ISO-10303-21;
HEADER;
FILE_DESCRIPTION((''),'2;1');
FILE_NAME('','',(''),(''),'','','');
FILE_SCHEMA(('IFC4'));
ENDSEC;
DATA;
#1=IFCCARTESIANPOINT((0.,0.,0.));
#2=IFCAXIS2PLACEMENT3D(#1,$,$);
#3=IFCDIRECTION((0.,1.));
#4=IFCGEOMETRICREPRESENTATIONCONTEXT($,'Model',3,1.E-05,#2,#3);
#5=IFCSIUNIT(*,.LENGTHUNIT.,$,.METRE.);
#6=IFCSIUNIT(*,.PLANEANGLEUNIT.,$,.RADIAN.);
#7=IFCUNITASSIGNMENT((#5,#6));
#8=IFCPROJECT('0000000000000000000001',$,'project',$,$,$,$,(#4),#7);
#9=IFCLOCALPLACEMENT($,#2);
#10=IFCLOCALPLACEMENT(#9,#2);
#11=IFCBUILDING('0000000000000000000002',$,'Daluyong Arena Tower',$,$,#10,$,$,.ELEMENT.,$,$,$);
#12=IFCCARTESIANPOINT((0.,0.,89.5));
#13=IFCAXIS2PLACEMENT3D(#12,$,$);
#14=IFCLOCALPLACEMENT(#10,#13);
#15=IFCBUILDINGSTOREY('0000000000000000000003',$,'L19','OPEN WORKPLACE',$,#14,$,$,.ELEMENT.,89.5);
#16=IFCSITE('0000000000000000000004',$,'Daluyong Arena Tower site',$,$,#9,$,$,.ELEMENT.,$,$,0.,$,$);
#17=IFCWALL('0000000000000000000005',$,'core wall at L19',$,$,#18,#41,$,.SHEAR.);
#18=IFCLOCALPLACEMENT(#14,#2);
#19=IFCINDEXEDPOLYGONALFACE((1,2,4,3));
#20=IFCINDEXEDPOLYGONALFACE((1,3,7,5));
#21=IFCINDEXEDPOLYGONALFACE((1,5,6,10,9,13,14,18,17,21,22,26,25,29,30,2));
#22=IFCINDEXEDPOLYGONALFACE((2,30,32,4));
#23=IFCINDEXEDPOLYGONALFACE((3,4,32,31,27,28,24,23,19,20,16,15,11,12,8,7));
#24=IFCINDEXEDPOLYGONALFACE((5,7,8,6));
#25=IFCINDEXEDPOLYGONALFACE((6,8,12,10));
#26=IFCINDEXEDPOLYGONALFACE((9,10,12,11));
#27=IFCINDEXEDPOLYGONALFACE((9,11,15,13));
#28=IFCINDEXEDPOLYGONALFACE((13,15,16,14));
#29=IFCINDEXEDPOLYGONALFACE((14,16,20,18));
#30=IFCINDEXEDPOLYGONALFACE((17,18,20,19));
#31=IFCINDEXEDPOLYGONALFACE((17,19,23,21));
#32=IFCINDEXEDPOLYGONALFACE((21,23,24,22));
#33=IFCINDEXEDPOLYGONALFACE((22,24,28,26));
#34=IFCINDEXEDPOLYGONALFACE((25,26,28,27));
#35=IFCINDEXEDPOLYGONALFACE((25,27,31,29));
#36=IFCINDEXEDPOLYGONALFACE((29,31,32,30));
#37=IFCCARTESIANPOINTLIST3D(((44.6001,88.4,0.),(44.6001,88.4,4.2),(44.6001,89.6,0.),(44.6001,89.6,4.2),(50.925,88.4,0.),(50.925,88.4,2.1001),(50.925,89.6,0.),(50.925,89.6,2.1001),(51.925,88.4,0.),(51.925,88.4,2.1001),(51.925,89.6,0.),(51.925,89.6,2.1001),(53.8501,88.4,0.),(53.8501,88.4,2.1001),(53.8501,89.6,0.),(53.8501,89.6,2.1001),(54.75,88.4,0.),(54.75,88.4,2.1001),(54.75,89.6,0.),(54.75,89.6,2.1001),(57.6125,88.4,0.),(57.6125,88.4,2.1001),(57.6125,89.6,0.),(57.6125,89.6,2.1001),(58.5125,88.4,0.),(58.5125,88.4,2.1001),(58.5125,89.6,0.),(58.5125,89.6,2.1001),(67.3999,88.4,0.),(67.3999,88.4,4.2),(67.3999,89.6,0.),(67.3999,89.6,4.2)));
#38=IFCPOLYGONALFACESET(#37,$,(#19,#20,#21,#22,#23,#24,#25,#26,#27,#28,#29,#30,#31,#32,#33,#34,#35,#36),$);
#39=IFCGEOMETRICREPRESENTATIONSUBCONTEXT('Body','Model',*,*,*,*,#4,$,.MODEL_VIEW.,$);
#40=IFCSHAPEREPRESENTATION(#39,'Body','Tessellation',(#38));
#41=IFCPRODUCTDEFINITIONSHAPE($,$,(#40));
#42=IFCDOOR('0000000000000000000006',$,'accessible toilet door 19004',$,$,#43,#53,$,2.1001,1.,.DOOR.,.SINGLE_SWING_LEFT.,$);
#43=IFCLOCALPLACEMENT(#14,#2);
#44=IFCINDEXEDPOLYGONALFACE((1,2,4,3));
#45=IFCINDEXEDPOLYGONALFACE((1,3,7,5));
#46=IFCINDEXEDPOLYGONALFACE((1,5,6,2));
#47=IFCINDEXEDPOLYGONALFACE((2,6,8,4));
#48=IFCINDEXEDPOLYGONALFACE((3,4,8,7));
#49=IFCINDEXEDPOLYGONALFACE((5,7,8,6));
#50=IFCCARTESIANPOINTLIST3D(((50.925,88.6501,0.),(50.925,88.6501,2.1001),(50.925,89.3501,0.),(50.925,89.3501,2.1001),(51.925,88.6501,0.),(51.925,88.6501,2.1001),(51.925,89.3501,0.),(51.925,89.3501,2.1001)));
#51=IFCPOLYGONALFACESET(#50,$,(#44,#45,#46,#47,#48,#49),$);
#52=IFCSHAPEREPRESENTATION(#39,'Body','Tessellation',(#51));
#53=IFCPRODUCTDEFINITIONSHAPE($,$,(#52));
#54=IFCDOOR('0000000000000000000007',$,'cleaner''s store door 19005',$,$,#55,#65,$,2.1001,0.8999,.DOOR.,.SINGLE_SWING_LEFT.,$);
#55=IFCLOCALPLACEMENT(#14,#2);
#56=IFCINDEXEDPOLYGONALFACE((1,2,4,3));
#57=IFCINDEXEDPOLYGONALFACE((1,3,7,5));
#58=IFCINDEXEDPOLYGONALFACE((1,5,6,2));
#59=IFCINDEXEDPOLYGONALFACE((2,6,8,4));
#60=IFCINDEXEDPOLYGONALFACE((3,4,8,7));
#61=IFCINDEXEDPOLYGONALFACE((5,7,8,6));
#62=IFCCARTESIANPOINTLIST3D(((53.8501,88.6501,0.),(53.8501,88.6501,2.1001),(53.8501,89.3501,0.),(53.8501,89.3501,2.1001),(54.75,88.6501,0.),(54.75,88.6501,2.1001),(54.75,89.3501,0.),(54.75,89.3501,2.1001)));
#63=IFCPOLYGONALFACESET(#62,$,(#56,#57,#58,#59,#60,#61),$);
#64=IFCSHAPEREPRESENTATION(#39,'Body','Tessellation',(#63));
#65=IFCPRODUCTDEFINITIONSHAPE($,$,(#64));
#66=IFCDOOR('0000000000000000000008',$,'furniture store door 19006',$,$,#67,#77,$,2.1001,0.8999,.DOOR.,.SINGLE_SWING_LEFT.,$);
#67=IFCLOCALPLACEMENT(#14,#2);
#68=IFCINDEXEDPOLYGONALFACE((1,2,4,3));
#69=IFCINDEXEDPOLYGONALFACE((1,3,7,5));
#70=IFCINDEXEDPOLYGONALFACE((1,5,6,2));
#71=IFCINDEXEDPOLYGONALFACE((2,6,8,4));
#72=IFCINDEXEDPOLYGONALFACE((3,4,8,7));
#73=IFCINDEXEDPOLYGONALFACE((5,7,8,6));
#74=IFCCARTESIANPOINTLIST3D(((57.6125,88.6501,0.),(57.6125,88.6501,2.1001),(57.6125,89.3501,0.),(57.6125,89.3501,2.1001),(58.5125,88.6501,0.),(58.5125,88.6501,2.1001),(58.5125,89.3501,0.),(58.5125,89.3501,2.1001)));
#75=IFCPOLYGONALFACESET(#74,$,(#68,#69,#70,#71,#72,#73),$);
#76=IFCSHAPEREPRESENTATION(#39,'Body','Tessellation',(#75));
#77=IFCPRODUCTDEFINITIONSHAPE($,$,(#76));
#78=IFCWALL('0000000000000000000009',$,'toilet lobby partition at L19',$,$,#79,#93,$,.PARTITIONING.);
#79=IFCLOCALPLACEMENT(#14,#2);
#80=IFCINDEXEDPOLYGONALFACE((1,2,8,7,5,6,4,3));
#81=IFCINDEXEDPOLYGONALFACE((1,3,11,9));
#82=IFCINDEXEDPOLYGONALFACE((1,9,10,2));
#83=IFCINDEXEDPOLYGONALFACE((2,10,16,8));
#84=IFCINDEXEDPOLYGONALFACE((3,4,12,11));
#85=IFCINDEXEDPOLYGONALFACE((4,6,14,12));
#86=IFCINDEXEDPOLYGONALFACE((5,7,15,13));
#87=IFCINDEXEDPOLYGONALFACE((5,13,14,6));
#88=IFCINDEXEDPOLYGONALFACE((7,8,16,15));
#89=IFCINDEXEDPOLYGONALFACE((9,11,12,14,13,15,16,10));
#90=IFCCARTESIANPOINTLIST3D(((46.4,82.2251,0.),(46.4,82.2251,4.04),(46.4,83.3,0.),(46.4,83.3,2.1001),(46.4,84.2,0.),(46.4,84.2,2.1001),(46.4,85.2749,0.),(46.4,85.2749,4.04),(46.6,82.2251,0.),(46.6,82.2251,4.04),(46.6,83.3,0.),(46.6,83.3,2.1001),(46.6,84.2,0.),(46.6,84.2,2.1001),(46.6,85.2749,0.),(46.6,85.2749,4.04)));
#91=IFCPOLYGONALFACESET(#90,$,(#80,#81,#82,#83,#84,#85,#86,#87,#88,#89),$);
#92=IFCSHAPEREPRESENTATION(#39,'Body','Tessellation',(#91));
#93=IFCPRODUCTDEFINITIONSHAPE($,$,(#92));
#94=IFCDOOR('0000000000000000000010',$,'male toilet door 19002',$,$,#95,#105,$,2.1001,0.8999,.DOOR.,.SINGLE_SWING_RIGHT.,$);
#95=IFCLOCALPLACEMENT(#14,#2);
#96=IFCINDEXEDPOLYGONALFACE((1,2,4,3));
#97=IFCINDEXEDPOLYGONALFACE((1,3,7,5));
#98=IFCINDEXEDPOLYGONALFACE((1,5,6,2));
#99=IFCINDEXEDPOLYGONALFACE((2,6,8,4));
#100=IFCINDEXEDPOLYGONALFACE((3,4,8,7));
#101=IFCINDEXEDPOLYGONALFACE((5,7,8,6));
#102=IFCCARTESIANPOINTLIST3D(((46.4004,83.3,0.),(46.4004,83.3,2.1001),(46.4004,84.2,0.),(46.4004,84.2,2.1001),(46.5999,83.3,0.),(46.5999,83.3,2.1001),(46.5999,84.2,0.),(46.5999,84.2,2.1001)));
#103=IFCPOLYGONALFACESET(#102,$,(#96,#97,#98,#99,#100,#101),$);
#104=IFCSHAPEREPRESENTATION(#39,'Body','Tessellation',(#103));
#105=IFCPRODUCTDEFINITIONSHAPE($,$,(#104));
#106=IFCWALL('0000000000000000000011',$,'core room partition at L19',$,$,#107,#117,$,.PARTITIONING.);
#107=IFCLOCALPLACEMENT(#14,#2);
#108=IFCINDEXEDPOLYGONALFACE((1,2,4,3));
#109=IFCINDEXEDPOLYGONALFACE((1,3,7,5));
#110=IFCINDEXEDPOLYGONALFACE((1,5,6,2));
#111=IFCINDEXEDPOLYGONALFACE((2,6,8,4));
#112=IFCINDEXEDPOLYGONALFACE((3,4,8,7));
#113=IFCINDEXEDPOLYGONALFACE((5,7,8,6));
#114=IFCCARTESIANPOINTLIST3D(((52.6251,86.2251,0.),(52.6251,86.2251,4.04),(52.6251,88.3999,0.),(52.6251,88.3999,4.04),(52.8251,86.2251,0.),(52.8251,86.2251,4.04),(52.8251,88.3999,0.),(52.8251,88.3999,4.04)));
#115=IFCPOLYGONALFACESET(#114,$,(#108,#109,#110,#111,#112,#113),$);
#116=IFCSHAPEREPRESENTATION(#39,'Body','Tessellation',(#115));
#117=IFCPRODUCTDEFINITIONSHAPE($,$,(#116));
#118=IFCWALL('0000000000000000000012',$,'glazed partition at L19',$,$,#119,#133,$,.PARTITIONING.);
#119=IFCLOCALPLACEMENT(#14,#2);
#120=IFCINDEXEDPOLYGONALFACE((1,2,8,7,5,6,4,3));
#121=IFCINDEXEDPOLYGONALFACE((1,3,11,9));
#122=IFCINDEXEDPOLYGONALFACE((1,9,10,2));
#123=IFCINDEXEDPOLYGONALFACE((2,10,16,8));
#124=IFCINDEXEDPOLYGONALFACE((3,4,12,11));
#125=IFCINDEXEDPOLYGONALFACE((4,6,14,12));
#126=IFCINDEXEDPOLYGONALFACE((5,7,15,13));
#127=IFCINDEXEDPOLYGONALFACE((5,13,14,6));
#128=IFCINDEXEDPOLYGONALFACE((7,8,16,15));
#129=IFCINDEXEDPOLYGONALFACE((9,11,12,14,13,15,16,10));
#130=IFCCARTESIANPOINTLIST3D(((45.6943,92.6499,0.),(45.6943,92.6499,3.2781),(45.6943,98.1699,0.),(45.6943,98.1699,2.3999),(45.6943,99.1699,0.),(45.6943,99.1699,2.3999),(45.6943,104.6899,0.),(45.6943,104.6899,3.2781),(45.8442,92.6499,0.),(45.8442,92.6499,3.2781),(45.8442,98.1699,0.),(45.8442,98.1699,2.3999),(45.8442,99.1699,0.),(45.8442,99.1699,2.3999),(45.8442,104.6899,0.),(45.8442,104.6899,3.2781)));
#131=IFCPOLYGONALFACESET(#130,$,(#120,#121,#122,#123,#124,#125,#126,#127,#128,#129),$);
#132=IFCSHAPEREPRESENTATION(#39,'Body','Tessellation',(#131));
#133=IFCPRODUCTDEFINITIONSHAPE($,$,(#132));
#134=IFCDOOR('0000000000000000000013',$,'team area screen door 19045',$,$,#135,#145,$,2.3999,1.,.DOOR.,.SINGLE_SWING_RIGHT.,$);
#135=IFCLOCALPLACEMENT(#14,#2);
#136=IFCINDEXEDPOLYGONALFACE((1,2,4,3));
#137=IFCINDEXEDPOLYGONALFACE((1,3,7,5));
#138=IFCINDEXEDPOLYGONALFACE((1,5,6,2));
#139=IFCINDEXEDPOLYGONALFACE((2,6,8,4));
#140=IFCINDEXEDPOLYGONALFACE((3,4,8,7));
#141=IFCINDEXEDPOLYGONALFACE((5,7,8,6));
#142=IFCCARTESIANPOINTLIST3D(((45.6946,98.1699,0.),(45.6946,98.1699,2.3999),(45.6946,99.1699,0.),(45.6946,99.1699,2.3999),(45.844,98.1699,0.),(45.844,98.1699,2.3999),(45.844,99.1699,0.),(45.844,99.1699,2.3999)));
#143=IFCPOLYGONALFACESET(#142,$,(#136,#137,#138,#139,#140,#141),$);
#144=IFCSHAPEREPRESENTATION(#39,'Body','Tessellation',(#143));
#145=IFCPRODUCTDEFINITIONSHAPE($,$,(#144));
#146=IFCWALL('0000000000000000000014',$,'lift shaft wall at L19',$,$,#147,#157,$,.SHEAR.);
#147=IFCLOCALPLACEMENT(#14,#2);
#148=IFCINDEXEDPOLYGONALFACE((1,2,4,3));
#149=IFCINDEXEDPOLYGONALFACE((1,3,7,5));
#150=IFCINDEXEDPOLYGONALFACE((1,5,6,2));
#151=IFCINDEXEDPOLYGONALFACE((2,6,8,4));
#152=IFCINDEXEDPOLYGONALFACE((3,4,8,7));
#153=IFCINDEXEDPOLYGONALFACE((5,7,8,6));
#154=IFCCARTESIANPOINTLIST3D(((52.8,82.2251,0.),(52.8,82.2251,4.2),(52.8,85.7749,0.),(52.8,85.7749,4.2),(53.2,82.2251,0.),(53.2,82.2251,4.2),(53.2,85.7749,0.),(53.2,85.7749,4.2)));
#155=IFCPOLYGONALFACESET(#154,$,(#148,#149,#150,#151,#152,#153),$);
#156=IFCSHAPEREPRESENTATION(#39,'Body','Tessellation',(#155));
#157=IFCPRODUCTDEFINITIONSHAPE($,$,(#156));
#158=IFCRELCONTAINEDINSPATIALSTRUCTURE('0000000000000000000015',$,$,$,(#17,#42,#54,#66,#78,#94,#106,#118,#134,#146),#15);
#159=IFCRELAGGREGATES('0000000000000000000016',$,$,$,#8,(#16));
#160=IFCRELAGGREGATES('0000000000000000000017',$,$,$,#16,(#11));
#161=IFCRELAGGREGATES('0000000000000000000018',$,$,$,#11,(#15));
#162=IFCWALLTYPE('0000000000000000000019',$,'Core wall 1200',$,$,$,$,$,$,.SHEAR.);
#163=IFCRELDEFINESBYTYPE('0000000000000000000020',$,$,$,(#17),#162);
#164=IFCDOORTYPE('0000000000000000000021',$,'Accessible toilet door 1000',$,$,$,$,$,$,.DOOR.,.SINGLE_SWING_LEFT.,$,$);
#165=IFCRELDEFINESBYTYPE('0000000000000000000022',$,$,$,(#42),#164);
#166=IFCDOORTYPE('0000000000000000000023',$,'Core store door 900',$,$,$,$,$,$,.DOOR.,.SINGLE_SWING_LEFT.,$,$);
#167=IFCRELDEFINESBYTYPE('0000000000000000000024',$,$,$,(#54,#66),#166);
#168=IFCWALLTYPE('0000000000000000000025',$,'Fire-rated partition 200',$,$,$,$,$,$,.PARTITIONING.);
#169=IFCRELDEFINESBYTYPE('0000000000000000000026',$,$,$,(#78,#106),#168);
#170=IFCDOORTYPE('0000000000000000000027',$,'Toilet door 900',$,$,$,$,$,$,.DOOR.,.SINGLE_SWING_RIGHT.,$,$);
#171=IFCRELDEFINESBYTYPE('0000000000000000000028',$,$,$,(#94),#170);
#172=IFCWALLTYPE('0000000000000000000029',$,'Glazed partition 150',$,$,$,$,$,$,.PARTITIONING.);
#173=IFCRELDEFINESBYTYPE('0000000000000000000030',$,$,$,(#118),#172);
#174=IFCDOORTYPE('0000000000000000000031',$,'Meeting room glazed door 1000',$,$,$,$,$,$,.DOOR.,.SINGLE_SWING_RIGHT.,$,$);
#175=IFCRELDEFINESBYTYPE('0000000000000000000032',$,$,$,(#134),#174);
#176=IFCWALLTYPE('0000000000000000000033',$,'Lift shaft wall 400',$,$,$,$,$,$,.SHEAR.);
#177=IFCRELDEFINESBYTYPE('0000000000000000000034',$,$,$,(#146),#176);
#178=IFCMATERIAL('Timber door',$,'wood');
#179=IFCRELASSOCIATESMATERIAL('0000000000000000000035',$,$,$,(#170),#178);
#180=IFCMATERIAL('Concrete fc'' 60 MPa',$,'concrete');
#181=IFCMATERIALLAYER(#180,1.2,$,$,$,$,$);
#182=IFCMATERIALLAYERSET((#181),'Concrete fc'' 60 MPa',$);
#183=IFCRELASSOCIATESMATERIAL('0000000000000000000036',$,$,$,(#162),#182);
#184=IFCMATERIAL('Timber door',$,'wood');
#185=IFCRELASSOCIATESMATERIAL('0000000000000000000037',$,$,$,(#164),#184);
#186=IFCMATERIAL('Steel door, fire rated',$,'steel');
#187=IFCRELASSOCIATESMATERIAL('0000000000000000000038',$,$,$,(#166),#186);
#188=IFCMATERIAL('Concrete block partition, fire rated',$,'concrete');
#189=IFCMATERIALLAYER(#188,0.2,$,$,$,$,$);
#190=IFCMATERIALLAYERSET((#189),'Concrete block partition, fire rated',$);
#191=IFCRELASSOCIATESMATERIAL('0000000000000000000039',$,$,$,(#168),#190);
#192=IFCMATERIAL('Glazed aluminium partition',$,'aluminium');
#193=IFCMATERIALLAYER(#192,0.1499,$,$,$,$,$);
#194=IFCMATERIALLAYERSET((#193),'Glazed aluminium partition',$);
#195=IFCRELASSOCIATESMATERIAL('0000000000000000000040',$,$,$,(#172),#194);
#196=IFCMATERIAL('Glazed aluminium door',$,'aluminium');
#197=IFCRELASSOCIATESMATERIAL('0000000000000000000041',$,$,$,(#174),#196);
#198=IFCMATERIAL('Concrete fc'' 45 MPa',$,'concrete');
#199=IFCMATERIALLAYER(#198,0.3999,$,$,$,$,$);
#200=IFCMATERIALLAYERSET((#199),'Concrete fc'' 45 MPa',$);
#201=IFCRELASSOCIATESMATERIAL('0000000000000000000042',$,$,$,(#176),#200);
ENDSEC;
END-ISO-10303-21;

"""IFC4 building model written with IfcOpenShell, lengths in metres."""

from ifc_helpers import new_model, si_unit, direction, frame, frame_2d, origin, place, context, subcontext, project, spatial, rectangle, extrude, material, layer, layer_set, type_object, element, fill, save


model = new_model("IFC4")

# Units and contexts
model_context = context("Model", 3, precision=1e-05, world=origin(), true_north=direction((0.0, 1.0)))
body_context = subcontext(model_context, "Body", "Model", "MODEL_VIEW")
ifc_project = project(units=[si_unit("LENGTHUNIT", "METRE"), si_unit("PLANEANGLEUNIT", "RADIAN")], contexts=[model_context])

# Site, building, storey
site_placement = place(None, origin())
site = spatial("IfcSite", under=ifc_project, at=site_placement, Name="Daluyong Arena Tower site", CompositionType="ELEMENT", RefElevation=0.0)
building_placement = place(site_placement, origin())
building = spatial("IfcBuilding", under=site, at=building_placement, Name="Daluyong Arena Tower", CompositionType="ELEMENT")
storey_placement = place(building_placement, frame((0.0, 0.0, 89.5)))
storey = spatial("IfcBuildingStorey", under=building, at=storey_placement, Name="L19", Description="OPEN WORKPLACE", CompositionType="ELEMENT", Elevation=89.5)

# Shared definitions
ifc_material_1 = material(Name="Timber door", Category="wood")
door_type_1 = type_object("IfcDoorType", Name="Toilet door 900", OperationType="SINGLE_SWING_RIGHT", PredefinedType="DOOR", material=ifc_material_1)

# Wall, openings, doors
ifc_material_2 = material(Name="Concrete fc' 60 MPa", Category="concrete")
ifc_layer_1 = layer(ifc_material_2, 1.2)
ifc_layer_set_1 = layer_set([ifc_layer_1], Name="Concrete fc' 60 MPa")
wall_type_1 = type_object("IfcWallType", Name="Core wall 1200", PredefinedType="SHEAR", material=ifc_layer_set_1)
wall_1_placement = place(storey_placement, frame((44.6001, 89.0, 0.0), z_axis=(0.0, 0.0, 1.0), x_axis=(1.0, 0.0, 0.0)))
wall_1 = element("IfcWall", 1, at=wall_1_placement, inside=storey, type_object=wall_type_1, Name="core wall at L19", PredefinedType="SHEAR", context=body_context, shape_type="SweptSolid", body=[
    extrude(rectangle(XDim=22.7998, YDim=1.2, at=frame_2d((11.3999, 0.0))), origin(), (0.0, 0.0, 1.0), 4.2),
])
opening_1_placement = place(wall_1_placement, frame((6.325, 0.0, 0.0)))
opening_1 = element("IfcOpeningElement", 2, at=opening_1_placement, cuts=wall_1, PredefinedType="OPENING", context=body_context, shape_type="SweptSolid", body=[
    extrude(rectangle(XDim=1.0, YDim=2.1001, at=frame_2d((0.5, 1.05))), frame((0.0, 0.6099, 0.0), z_axis=(0.0, -1.0, 0.0), x_axis=(1.0, 0.0, 0.0)), (0.0, 0.0, 1.0), 1.22),
])
opening_2_placement = place(wall_1_placement, frame((9.25, 0.0, 0.0)))
opening_2 = element("IfcOpeningElement", 3, at=opening_2_placement, cuts=wall_1, PredefinedType="OPENING", context=body_context, shape_type="SweptSolid", body=[
    extrude(rectangle(XDim=0.8999, YDim=2.1001, at=frame_2d((0.45, 1.05))), frame((0.0, 0.6099, 0.0), z_axis=(0.0, -1.0, 0.0), x_axis=(1.0, 0.0, 0.0)), (0.0, 0.0, 1.0), 1.22),
])
opening_3_placement = place(wall_1_placement, frame((13.0125, 0.0, 0.0)))
opening_3 = element("IfcOpeningElement", 4, at=opening_3_placement, cuts=wall_1, PredefinedType="OPENING", context=body_context, shape_type="SweptSolid", body=[
    extrude(rectangle(XDim=0.8999, YDim=2.1001, at=frame_2d((0.45, 1.05))), frame((0.0, 0.6099, 0.0), z_axis=(0.0, -1.0, 0.0), x_axis=(1.0, 0.0, 0.0)), (0.0, 0.0, 1.0), 1.22),
])
ifc_material_3 = material(Name="Timber door", Category="wood")
door_type_2 = type_object("IfcDoorType", Name="Accessible toilet door 1000", OperationType="SINGLE_SWING_LEFT", PredefinedType="DOOR", material=ifc_material_3)
door_1_placement = place(opening_1_placement, origin())
door_1 = element("IfcDoor", 5, at=door_1_placement, inside=storey, type_object=door_type_2, Name="accessible toilet door 19004", OperationType="SINGLE_SWING_LEFT", OverallHeight=2.1001, OverallWidth=1.0, PredefinedType="DOOR", context=body_context, shape_type="SweptSolid", body=[
    extrude(rectangle(XDim=1.0, YDim=2.1001, at=frame_2d((0.5, 1.05))), frame((0.0, 0.3501, 0.0), z_axis=(0.0, -1.0, 0.0), x_axis=(1.0, 0.0, 0.0)), (0.0, 0.0, 1.0), 0.7),
])
fill(opening_1, door_1)
ifc_material_4 = material(Name="Steel door, fire rated", Category="steel")
door_type_3 = type_object("IfcDoorType", Name="Core store door 900", OperationType="SINGLE_SWING_LEFT", PredefinedType="DOOR", material=ifc_material_4)
door_2_placement = place(opening_2_placement, origin())
door_2 = element("IfcDoor", 6, at=door_2_placement, inside=storey, type_object=door_type_3, Name="cleaner's store door 19005", OperationType="SINGLE_SWING_LEFT", OverallHeight=2.1001, OverallWidth=0.8999, PredefinedType="DOOR", context=body_context, shape_type="SweptSolid", body=[
    extrude(rectangle(XDim=0.8999, YDim=2.1001, at=frame_2d((0.45, 1.05))), frame((0.0, 0.3501, 0.0), z_axis=(0.0, -1.0, 0.0), x_axis=(1.0, 0.0, 0.0)), (0.0, 0.0, 1.0), 0.7),
])
fill(opening_2, door_2)
door_3_placement = place(opening_3_placement, origin())
door_3 = element("IfcDoor", 7, at=door_3_placement, inside=storey, type_object=door_type_3, Name="furniture store door 19006", OperationType="SINGLE_SWING_LEFT", OverallHeight=2.1001, OverallWidth=0.8999, PredefinedType="DOOR", context=body_context, shape_type="SweptSolid", body=[
    extrude(rectangle(XDim=0.8999, YDim=2.1001, at=frame_2d((0.45, 1.05))), frame((0.0, 0.3501, 0.0), z_axis=(0.0, -1.0, 0.0), x_axis=(1.0, 0.0, 0.0)), (0.0, 0.0, 1.0), 0.7),
])
fill(opening_3, door_3)

# Wall, opening, door
ifc_material_5 = material(Name="Concrete block partition, fire rated", Category="concrete")
ifc_layer_2 = layer(ifc_material_5, 0.2)
ifc_layer_set_2 = layer_set([ifc_layer_2], Name="Concrete block partition, fire rated")
wall_type_2 = type_object("IfcWallType", Name="Fire-rated partition 200", PredefinedType="PARTITIONING", material=ifc_layer_set_2)
wall_2_placement = place(storey_placement, frame((46.5, 82.2251, 0.0), z_axis=(0.0, 0.0, 1.0), x_axis=(0.0, 1.0, 0.0)))
wall_2 = element("IfcWall", 8, at=wall_2_placement, inside=storey, type_object=wall_type_2, Name="toilet lobby partition at L19", PredefinedType="PARTITIONING", context=body_context, shape_type="SweptSolid", body=[
    extrude(rectangle(XDim=3.0498, YDim=0.2, at=frame_2d((1.5249, 0.0))), origin(), (0.0, 0.0, 1.0), 4.04),
])
opening_4_placement = place(wall_2_placement, frame((1.075, 0.0, 0.0)))
opening_4 = element("IfcOpeningElement", 9, at=opening_4_placement, cuts=wall_2, PredefinedType="OPENING", context=body_context, shape_type="SweptSolid", body=[
    extrude(rectangle(XDim=0.8999, YDim=2.1001, at=frame_2d((0.45, 1.05))), frame((0.0, 0.1099, 0.0), z_axis=(0.0, -1.0, 0.0), x_axis=(1.0, 0.0, 0.0)), (0.0, 0.0, 1.0), 0.22),
])
door_4_placement = place(opening_4_placement, origin())
door_4 = element("IfcDoor", 10, at=door_4_placement, inside=storey, type_object=door_type_1, Name="male toilet door 19002", OperationType="SINGLE_SWING_RIGHT", OverallHeight=2.1001, OverallWidth=0.8999, PredefinedType="DOOR", context=body_context, shape_type="SweptSolid", body=[
    extrude(rectangle(XDim=0.8999, YDim=2.1001, at=frame_2d((0.45, 1.05))), frame((0.0, 0.0996, 0.0), z_axis=(0.0, -1.0, 0.0), x_axis=(1.0, 0.0, 0.0)), (0.0, 0.0, 1.0), 0.1995),
])
fill(opening_4, door_4)

# Wall
wall_3_placement = place(storey_placement, frame((52.7251, 86.2251, 0.0), z_axis=(0.0, 0.0, 1.0), x_axis=(0.0, 1.0, 0.0)))
element("IfcWall", 11, at=wall_3_placement, inside=storey, type_object=wall_type_2, Name="core room partition at L19", PredefinedType="PARTITIONING", context=body_context, shape_type="SweptSolid", body=[
    extrude(rectangle(XDim=2.1748, YDim=0.2, at=frame_2d((1.0874, 0.0))), origin(), (0.0, 0.0, 1.0), 4.04),
])

# Wall, opening, door
ifc_material_6 = material(Name="Glazed aluminium partition", Category="aluminium")
ifc_layer_3 = layer(ifc_material_6, 0.1499)
ifc_layer_set_3 = layer_set([ifc_layer_3], Name="Glazed aluminium partition")
wall_type_3 = type_object("IfcWallType", Name="Glazed partition 150", PredefinedType="PARTITIONING", material=ifc_layer_set_3)
wall_4_placement = place(storey_placement, frame((45.7693, 92.6499, 0.0), z_axis=(0.0, 0.0, 1.0), x_axis=(0.0, 1.0, 0.0)))
wall_4 = element("IfcWall", 12, at=wall_4_placement, inside=storey, type_object=wall_type_3, Name="glazed partition at L19", PredefinedType="PARTITIONING", context=body_context, shape_type="SweptSolid", body=[
    extrude(rectangle(XDim=12.04, YDim=0.1499, at=frame_2d((6.02, 0.0))), origin(), (0.0, 0.0, 1.0), 3.2781),
])
opening_5_placement = place(wall_4_placement, frame((5.52, 0.0, 0.0)))
opening_5 = element("IfcOpeningElement", 13, at=opening_5_placement, cuts=wall_4, PredefinedType="OPENING", context=body_context, shape_type="SweptSolid", body=[
    extrude(rectangle(XDim=1.0, YDim=2.3999, at=frame_2d((0.5, 1.2))), frame((0.0, 0.085, 0.0), z_axis=(0.0, -1.0, 0.0), x_axis=(1.0, 0.0, 0.0)), (0.0, 0.0, 1.0), 0.1699),
])
ifc_material_7 = material(Name="Glazed aluminium door", Category="aluminium")
door_type_4 = type_object("IfcDoorType", Name="Meeting room glazed door 1000", OperationType="SINGLE_SWING_RIGHT", PredefinedType="DOOR", material=ifc_material_7)
door_5_placement = place(opening_5_placement, origin())
door_5 = element("IfcDoor", 14, at=door_5_placement, inside=storey, type_object=door_type_4, Name="team area screen door 19045", OperationType="SINGLE_SWING_RIGHT", OverallHeight=2.3999, OverallWidth=1.0, PredefinedType="DOOR", context=body_context, shape_type="SweptSolid", body=[
    extrude(rectangle(XDim=1.0, YDim=2.3999, at=frame_2d((0.5, 1.2))), frame((0.0, 0.0747, 0.0), z_axis=(0.0, -1.0, 0.0), x_axis=(1.0, 0.0, 0.0)), (0.0, 0.0, 1.0), 0.1494),
])
fill(opening_5, door_5)

# Wall
ifc_material_8 = material(Name="Concrete fc' 45 MPa", Category="concrete")
ifc_layer_4 = layer(ifc_material_8, 0.3999)
ifc_layer_set_4 = layer_set([ifc_layer_4], Name="Concrete fc' 45 MPa")
wall_type_4 = type_object("IfcWallType", Name="Lift shaft wall 400", PredefinedType="SHEAR", material=ifc_layer_set_4)
wall_5_placement = place(storey_placement, frame((53.0, 82.2251, 0.0), z_axis=(0.0, 0.0, 1.0), x_axis=(0.0, 1.0, 0.0)))
element("IfcWall", 15, at=wall_5_placement, inside=storey, type_object=wall_type_4, Name="lift shaft wall at L19", PredefinedType="SHEAR", context=body_context, shape_type="SweptSolid", body=[
    extrude(rectangle(XDim=3.5498, YDim=0.3999, at=frame_2d((1.7749, 0.0))), origin(), (0.0, 0.0, 1.0), 4.2),
])

save(model, "model.ifc")
